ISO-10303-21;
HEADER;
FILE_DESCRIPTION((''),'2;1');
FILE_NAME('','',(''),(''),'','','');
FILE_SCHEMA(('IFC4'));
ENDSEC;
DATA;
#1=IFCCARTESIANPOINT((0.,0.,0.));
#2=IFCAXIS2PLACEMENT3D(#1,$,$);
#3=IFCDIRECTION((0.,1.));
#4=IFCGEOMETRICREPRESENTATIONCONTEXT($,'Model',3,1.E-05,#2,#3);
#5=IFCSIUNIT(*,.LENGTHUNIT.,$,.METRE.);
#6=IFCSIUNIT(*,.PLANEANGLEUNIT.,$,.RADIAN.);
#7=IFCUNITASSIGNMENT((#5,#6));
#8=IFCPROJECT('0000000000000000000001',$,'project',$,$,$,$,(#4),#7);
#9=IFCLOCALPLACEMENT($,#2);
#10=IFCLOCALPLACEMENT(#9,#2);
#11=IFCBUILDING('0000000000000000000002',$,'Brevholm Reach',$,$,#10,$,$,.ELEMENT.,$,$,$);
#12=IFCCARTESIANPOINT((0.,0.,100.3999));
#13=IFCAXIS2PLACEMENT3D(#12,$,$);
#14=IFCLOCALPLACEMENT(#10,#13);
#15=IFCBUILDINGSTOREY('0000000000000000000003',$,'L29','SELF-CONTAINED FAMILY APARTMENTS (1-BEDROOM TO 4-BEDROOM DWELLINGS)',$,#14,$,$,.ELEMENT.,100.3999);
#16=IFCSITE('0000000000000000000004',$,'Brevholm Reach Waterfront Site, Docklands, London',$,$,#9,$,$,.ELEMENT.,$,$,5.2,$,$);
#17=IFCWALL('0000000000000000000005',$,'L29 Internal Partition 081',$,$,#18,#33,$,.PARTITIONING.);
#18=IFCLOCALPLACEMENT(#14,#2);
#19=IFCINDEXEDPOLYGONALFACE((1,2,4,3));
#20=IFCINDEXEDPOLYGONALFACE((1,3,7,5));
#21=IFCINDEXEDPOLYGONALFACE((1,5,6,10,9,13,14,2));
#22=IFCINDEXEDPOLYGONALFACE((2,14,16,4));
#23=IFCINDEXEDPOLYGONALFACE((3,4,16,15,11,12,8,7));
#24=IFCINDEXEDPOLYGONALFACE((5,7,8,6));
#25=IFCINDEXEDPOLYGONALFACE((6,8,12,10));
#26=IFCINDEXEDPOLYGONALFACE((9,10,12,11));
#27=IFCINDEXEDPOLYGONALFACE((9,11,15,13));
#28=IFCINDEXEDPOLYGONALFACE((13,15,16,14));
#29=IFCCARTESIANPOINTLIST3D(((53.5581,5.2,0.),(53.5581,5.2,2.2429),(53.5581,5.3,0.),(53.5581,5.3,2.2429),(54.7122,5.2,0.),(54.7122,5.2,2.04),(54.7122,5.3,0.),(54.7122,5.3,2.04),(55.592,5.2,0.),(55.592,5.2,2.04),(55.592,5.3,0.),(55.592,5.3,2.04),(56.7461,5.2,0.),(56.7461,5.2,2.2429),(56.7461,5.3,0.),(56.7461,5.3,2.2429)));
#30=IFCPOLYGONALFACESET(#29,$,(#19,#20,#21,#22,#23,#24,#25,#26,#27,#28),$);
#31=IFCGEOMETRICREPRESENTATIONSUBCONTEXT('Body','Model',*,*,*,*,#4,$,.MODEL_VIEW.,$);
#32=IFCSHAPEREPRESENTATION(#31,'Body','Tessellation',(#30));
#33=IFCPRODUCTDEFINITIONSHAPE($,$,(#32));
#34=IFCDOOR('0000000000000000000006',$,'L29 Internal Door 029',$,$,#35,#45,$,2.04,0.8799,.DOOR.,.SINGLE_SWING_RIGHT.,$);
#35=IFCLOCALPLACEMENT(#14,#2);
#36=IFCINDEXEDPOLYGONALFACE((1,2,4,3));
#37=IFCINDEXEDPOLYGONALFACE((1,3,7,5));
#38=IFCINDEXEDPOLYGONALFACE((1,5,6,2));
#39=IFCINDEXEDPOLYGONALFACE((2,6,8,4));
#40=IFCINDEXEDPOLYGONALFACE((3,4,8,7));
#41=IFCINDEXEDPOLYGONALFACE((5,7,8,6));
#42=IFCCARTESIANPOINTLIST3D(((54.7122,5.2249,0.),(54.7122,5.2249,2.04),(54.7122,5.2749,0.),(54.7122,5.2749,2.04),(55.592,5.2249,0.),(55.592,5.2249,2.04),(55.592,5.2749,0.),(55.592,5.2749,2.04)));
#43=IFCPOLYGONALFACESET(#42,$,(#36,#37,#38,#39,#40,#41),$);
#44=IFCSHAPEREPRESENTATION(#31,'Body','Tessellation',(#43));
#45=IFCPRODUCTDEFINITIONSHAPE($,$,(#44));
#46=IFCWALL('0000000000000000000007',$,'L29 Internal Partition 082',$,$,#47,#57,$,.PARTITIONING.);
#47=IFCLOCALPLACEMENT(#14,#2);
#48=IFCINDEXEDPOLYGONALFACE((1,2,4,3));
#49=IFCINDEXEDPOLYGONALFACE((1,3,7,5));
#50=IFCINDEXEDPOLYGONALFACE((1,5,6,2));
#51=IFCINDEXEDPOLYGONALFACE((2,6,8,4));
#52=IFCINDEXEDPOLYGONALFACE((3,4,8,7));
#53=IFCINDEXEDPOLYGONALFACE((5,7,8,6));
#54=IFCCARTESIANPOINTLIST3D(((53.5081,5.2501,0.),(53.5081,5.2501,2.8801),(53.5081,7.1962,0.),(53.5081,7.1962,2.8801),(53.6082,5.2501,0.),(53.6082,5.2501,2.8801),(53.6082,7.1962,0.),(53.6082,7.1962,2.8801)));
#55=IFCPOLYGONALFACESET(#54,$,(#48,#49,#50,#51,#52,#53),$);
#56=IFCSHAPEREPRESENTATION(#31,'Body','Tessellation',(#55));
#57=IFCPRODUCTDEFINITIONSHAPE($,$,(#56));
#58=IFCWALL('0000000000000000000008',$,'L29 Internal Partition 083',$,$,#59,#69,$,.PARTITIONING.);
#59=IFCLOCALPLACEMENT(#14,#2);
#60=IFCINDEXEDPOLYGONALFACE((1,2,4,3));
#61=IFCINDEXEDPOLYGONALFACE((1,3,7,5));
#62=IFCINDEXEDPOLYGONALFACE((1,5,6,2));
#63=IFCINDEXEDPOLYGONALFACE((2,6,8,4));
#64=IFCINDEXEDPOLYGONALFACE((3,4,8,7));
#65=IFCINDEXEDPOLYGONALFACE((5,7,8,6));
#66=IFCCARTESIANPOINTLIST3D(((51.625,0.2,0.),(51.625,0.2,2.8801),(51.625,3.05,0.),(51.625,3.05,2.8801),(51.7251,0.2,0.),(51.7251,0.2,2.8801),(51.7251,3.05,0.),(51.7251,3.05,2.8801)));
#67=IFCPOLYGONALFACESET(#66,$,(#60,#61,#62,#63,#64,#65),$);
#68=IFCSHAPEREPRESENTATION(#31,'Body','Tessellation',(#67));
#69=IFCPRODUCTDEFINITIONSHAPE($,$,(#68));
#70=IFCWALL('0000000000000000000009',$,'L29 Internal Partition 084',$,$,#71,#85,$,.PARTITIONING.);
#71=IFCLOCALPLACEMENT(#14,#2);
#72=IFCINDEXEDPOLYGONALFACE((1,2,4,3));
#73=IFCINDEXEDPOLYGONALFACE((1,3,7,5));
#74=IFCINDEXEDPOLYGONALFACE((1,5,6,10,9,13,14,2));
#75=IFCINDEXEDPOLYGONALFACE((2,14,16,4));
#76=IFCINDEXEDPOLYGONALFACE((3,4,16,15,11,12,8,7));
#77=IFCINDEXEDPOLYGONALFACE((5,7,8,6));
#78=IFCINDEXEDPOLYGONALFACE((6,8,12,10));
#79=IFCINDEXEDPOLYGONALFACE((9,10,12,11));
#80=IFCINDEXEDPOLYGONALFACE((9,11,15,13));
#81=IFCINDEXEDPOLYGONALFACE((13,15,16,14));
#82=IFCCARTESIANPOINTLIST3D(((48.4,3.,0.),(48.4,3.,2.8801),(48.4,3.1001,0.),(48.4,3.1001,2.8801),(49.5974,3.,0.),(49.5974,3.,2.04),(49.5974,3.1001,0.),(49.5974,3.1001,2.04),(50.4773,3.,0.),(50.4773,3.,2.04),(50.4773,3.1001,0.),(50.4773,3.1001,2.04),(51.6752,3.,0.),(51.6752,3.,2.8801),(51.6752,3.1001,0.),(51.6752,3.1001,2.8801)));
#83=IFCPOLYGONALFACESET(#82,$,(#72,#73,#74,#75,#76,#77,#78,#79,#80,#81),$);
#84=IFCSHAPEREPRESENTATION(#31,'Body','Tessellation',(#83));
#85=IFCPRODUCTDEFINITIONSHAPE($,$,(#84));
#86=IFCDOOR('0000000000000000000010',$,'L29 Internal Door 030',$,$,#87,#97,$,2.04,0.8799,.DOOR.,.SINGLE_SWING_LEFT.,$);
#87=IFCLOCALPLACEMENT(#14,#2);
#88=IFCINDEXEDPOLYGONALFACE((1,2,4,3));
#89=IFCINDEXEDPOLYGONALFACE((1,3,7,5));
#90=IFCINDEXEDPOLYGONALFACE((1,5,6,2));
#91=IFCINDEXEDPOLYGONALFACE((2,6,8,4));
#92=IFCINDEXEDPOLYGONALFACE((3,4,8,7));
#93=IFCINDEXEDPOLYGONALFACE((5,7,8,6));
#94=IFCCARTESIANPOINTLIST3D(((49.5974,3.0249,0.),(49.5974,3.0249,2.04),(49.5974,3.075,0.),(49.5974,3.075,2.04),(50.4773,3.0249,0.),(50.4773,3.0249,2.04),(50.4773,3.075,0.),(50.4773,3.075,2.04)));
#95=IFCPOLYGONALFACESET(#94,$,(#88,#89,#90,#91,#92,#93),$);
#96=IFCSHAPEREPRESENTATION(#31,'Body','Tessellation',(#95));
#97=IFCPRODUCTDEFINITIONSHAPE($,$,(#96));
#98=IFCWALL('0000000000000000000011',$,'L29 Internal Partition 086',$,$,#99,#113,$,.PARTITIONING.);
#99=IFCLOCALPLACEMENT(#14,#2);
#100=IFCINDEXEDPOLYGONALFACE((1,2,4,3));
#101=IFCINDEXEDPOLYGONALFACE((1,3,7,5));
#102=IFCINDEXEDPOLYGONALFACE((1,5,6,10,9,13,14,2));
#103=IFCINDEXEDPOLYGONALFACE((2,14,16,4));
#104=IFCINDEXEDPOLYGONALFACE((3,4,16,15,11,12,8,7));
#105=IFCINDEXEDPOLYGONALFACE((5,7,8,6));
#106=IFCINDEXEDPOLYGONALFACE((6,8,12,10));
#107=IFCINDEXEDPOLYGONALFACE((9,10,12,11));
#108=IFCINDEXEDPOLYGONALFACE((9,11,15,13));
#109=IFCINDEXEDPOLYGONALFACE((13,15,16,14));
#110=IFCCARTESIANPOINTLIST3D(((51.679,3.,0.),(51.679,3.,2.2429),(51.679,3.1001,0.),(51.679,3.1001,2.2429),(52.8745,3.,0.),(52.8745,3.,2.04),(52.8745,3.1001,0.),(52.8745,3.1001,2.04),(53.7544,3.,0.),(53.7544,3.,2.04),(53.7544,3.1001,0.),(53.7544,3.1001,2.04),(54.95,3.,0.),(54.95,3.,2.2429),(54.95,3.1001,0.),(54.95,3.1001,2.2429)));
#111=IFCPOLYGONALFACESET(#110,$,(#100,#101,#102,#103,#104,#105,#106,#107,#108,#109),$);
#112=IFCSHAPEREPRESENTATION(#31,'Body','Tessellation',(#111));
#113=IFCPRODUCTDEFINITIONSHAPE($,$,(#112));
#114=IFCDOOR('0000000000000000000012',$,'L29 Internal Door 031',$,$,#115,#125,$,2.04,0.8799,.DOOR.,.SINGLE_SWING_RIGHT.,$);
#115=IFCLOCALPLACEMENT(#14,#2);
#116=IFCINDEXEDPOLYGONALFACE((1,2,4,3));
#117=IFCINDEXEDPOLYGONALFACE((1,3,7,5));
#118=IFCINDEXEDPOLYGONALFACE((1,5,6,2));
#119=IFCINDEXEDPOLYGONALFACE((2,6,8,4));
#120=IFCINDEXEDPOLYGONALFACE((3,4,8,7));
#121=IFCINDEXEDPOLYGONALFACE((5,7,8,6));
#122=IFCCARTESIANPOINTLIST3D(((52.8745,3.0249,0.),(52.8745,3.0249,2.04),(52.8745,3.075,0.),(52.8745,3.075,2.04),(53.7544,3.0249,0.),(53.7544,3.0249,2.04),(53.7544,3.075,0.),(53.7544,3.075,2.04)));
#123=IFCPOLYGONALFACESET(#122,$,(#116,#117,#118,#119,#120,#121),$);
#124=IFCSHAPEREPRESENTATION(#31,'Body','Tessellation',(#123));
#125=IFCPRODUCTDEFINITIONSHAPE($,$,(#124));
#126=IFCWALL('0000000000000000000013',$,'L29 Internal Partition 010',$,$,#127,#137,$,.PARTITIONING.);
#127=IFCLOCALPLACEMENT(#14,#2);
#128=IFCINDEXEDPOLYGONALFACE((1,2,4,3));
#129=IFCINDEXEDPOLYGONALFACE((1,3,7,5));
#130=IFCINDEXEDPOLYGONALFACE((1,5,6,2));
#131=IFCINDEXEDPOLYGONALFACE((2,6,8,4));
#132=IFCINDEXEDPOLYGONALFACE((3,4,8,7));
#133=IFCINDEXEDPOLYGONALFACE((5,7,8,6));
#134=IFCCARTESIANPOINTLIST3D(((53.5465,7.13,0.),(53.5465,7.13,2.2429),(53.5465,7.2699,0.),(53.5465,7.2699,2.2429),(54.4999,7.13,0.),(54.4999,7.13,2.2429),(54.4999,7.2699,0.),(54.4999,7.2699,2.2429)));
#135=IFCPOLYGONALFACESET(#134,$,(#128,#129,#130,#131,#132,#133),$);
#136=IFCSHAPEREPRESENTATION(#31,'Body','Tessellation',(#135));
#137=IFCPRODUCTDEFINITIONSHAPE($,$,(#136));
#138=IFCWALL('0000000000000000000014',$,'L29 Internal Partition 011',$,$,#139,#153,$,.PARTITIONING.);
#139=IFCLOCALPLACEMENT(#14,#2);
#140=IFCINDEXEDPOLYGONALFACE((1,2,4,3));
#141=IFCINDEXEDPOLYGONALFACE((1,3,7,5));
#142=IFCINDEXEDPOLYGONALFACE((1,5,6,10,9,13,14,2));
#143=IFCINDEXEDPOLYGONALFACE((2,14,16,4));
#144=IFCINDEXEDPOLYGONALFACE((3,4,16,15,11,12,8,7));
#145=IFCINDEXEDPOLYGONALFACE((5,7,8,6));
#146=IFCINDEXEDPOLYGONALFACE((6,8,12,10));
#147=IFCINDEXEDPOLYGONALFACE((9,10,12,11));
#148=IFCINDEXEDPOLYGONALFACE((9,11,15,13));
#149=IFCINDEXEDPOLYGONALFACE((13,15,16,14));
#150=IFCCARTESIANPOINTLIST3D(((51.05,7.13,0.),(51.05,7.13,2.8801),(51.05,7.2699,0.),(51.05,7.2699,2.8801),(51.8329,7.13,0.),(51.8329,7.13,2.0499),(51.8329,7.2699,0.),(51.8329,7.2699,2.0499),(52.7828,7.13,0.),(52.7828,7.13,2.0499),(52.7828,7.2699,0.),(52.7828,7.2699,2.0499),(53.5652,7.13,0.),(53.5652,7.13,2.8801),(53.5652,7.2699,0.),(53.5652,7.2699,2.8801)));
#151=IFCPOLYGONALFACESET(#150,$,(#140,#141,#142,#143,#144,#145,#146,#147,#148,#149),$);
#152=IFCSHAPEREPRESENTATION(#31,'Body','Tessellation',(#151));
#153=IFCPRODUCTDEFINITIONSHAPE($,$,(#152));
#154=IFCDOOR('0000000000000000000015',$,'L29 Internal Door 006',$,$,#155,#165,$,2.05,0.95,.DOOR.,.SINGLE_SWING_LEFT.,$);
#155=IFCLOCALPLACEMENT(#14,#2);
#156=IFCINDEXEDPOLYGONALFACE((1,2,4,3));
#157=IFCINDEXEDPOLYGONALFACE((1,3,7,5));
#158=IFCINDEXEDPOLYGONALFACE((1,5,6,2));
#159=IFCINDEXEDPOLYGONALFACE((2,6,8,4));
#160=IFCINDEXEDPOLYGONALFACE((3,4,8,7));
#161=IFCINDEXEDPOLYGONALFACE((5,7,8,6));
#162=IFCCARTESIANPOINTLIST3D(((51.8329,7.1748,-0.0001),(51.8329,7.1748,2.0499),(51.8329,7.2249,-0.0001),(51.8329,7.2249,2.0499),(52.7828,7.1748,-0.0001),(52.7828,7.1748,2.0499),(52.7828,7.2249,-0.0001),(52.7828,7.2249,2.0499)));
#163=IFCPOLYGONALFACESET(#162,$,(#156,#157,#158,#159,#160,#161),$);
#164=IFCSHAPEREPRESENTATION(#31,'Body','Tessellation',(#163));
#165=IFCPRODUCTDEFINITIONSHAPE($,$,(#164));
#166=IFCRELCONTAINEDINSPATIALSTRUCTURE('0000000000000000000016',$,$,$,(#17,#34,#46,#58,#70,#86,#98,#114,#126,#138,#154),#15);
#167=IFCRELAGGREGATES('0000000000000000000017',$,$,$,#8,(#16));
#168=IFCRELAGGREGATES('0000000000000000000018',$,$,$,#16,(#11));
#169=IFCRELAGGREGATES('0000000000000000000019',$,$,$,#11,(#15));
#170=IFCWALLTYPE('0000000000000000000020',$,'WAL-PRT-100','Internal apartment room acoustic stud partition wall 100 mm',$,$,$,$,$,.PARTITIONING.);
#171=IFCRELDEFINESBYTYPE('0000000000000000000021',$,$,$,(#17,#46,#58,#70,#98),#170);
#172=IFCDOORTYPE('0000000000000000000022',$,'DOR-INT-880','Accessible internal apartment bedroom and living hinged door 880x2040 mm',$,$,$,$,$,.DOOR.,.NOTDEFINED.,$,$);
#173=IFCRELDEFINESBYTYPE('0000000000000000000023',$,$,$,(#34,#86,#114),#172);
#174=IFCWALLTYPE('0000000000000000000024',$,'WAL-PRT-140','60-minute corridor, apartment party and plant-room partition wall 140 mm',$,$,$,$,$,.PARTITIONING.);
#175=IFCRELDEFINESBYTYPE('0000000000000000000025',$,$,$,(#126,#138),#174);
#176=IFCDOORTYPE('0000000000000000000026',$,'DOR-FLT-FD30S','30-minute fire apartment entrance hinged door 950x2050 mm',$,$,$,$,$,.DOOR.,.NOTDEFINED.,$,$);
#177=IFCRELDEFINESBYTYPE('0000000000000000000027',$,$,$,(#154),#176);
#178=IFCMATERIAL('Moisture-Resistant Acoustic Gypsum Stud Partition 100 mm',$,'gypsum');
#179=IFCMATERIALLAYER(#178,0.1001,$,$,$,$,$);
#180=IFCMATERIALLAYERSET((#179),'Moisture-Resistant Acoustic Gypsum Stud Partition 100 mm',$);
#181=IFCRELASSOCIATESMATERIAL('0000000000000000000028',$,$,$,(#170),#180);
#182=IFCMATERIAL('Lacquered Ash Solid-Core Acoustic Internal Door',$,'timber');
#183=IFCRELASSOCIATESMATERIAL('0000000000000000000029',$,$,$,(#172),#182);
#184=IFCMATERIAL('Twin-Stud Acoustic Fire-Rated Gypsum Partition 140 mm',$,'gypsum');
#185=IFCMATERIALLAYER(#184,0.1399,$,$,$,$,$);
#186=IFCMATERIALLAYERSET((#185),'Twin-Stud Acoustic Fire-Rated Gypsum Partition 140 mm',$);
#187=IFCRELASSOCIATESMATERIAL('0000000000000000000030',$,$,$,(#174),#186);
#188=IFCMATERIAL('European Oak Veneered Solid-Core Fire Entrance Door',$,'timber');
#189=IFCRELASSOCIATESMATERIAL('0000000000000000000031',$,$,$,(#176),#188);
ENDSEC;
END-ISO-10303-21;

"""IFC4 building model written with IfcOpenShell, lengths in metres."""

from ifc_helpers import new_model, si_unit, direction, frame, frame_2d, origin, place, context, subcontext, project, spatial, rectangle, extrude, material, layer, layer_set, type_object, element, fill, save


model = new_model("IFC4")

# Units and contexts
model_context = context("Model", 3, precision=1e-05, world=origin(), true_north=direction((0.0, 1.0)))
body_context = subcontext(model_context, "Body", "Model", "MODEL_VIEW")
ifc_project = project(units=[si_unit("LENGTHUNIT", "METRE"), si_unit("PLANEANGLEUNIT", "RADIAN")], contexts=[model_context])

# Site, building, storey
site_placement = place(None, origin())
site = spatial("IfcSite", under=ifc_project, at=site_placement, Name="Brevholm Reach Waterfront Site, Docklands, London", CompositionType="ELEMENT", RefElevation=5.2)
building_placement = place(site_placement, origin())
building = spatial("IfcBuilding", under=site, at=building_placement, Name="Brevholm Reach", CompositionType="ELEMENT")
storey_placement = place(building_placement, frame((0.0, 0.0, 100.3999)))
storey = spatial("IfcBuildingStorey", under=building, at=storey_placement, Name="L29", Description="SELF-CONTAINED FAMILY APARTMENTS (1-BEDROOM TO 4-BEDROOM DWELLINGS)", CompositionType="ELEMENT", Elevation=100.3999)

# Wall, opening, door
ifc_material_1 = material(Name="Moisture-Resistant Acoustic Gypsum Stud Partition 100 mm", Category="gypsum")
ifc_layer_1 = layer(ifc_material_1, 0.1001)
ifc_layer_set_1 = layer_set([ifc_layer_1], Name="Moisture-Resistant Acoustic Gypsum Stud Partition 100 mm")
wall_type_1 = type_object("IfcWallType", Name="WAL-PRT-100", Description="Internal apartment room acoustic stud partition wall 100 mm", PredefinedType="PARTITIONING", material=ifc_layer_set_1)
wall_1_placement = place(storey_placement, frame((53.5581, 5.25, 0.0), z_axis=(0.0, 0.0, 1.0), x_axis=(1.0, 0.0, 0.0)))
wall_1 = element("IfcWall", 1, at=wall_1_placement, inside=storey, type_object=wall_type_1, Name="L29 Internal Partition 081", PredefinedType="PARTITIONING", context=body_context, shape_type="SweptSolid", body=[
    extrude(rectangle(XDim=3.188, YDim=0.1001, at=frame_2d((1.594, 0.0))), origin(), (0.0, 0.0, 1.0), 2.2429),
])
opening_1_placement = place(wall_1_placement, frame((1.1541, 0.0, 0.0)))
opening_1 = element("IfcOpeningElement", 2, at=opening_1_placement, cuts=wall_1, PredefinedType="OPENING", context=body_context, shape_type="SweptSolid", body=[
    extrude(rectangle(XDim=0.8799, YDim=2.04, at=frame_2d((0.4399, 1.02))), frame((0.0, 0.0601, 0.0), z_axis=(0.0, -1.0, 0.0), x_axis=(1.0, 0.0, 0.0)), (0.0, 0.0, 1.0), 0.1201),
])
ifc_material_2 = material(Name="Lacquered Ash Solid-Core Acoustic Internal Door", Category="timber")
door_type_1 = type_object("IfcDoorType", Name="DOR-INT-880", Description="Accessible internal apartment bedroom and living hinged door 880x2040 mm", OperationType="NOTDEFINED", PredefinedType="DOOR", material=ifc_material_2)
door_1_placement = place(opening_1_placement, origin())
door_1 = element("IfcDoor", 3, at=door_1_placement, inside=storey, type_object=door_type_1, Name="L29 Internal Door 029", OperationType="SINGLE_SWING_RIGHT", OverallHeight=2.04, OverallWidth=0.8799, PredefinedType="DOOR", context=body_context, shape_type="SweptSolid", body=[
    extrude(rectangle(XDim=0.8799, YDim=2.04, at=frame_2d((0.4399, 1.02))), frame((0.0, 0.0249, 0.0), z_axis=(0.0, -1.0, 0.0), x_axis=(1.0, 0.0, 0.0)), (0.0, 0.0, 1.0), 0.05),
])
fill(opening_1, door_1)

# Walls
wall_2_placement = place(storey_placement, frame((53.5581, 5.25, 0.0), z_axis=(0.0, 0.0, 1.0), x_axis=(0.0, 1.0, 0.0)))
element("IfcWall", 4, at=wall_2_placement, inside=storey, type_object=wall_type_1, Name="L29 Internal Partition 082", PredefinedType="PARTITIONING", context=body_context, shape_type="SweptSolid", body=[
    extrude(rectangle(XDim=1.946, YDim=0.1001, at=frame_2d((0.9731, 0.0))), origin(), (0.0, 0.0, 1.0), 2.8801),
])
wall_3_placement = place(storey_placement, frame((51.675, 0.2, 0.0), z_axis=(0.0, 0.0, 1.0), x_axis=(0.0, 1.0, 0.0)))
element("IfcWall", 5, at=wall_3_placement, inside=storey, type_object=wall_type_1, Name="L29 Internal Partition 083", PredefinedType="PARTITIONING", context=body_context, shape_type="SweptSolid", body=[
    extrude(rectangle(XDim=2.8501, YDim=0.1001, at=frame_2d((1.425, 0.0))), origin(), (0.0, 0.0, 1.0), 2.8801),
])

# Walls, openings, doors
wall_4_placement = place(storey_placement, frame((48.3999, 3.05, 0.0), z_axis=(0.0, 0.0, 1.0), x_axis=(1.0, 0.0, 0.0)))
wall_4 = element("IfcWall", 6, at=wall_4_placement, inside=storey, type_object=wall_type_1, Name="L29 Internal Partition 084", PredefinedType="PARTITIONING", context=body_context, shape_type="SweptSolid", body=[
    extrude(rectangle(XDim=3.2751, YDim=0.1001, at=frame_2d((1.6377, 0.0))), origin(), (0.0, 0.0, 1.0), 2.8801),
])
opening_2_placement = place(wall_4_placement, frame((1.1975, 0.0, 0.0)))
opening_2 = element("IfcOpeningElement", 7, at=opening_2_placement, cuts=wall_4, PredefinedType="OPENING", context=body_context, shape_type="SweptSolid", body=[
    extrude(rectangle(XDim=0.8799, YDim=2.04, at=frame_2d((0.4399, 1.02))), frame((0.0, 0.0601, 0.0), z_axis=(0.0, -1.0, 0.0), x_axis=(1.0, 0.0, 0.0)), (0.0, 0.0, 1.0), 0.1201),
])
door_2_placement = place(opening_2_placement, origin())
door_2 = element("IfcDoor", 8, at=door_2_placement, inside=storey, type_object=door_type_1, Name="L29 Internal Door 030", OperationType="SINGLE_SWING_LEFT", OverallHeight=2.04, OverallWidth=0.8799, PredefinedType="DOOR", context=body_context, shape_type="SweptSolid", body=[
    extrude(rectangle(XDim=0.8799, YDim=2.04, at=frame_2d((0.4399, 1.02))), frame((0.0, 0.0249, 0.0), z_axis=(0.0, -1.0, 0.0), x_axis=(1.0, 0.0, 0.0)), (0.0, 0.0, 1.0), 0.05),
])
fill(opening_2, door_2)
wall_5_placement = place(storey_placement, frame((51.679, 3.05, 0.0), z_axis=(0.0, 0.0, 1.0), x_axis=(1.0, 0.0, 0.0)))
wall_5 = element("IfcWall", 9, at=wall_5_placement, inside=storey, type_object=wall_type_1, Name="L29 Internal Partition 086", PredefinedType="PARTITIONING", context=body_context, shape_type="SweptSolid", body=[
    extrude(rectangle(XDim=3.271, YDim=0.1001, at=frame_2d((1.6355, 0.0))), origin(), (0.0, 0.0, 1.0), 2.2429),
])
opening_3_placement = place(wall_5_placement, frame((1.1956, 0.0, 0.0)))
opening_3 = element("IfcOpeningElement", 10, at=opening_3_placement, cuts=wall_5, PredefinedType="OPENING", context=body_context, shape_type="SweptSolid", body=[
    extrude(rectangle(XDim=0.8799, YDim=2.04, at=frame_2d((0.4399, 1.02))), frame((0.0, 0.0601, 0.0), z_axis=(0.0, -1.0, 0.0), x_axis=(1.0, 0.0, 0.0)), (0.0, 0.0, 1.0), 0.1201),
])
door_3_placement = place(opening_3_placement, origin())
door_3 = element("IfcDoor", 11, at=door_3_placement, inside=storey, type_object=door_type_1, Name="L29 Internal Door 031", OperationType="SINGLE_SWING_RIGHT", OverallHeight=2.04, OverallWidth=0.8799, PredefinedType="DOOR", context=body_context, shape_type="SweptSolid", body=[
    extrude(rectangle(XDim=0.8799, YDim=2.04, at=frame_2d((0.4399, 1.02))), frame((0.0, 0.0249, 0.0), z_axis=(0.0, -1.0, 0.0), x_axis=(1.0, 0.0, 0.0)), (0.0, 0.0, 1.0), 0.05),
])
fill(opening_3, door_3)

# Wall
ifc_material_3 = material(Name="Twin-Stud Acoustic Fire-Rated Gypsum Partition 140 mm", Category="gypsum")
ifc_layer_2 = layer(ifc_material_3, 0.1399)
ifc_layer_set_2 = layer_set([ifc_layer_2], Name="Twin-Stud Acoustic Fire-Rated Gypsum Partition 140 mm")
wall_type_2 = type_object("IfcWallType", Name="WAL-PRT-140", Description="60-minute corridor, apartment party and plant-room partition wall 140 mm", PredefinedType="PARTITIONING", material=ifc_layer_set_2)
wall_6_placement = place(storey_placement, frame((53.5466, 7.2, 0.0), z_axis=(0.0, 0.0, 1.0), x_axis=(1.0, 0.0, 0.0)))
element("IfcWall", 12, at=wall_6_placement, inside=storey, type_object=wall_type_2, Name="L29 Internal Partition 010", PredefinedType="PARTITIONING", context=body_context, shape_type="SweptSolid", body=[
    extrude(rectangle(XDim=0.9534, YDim=0.1399, at=frame_2d((0.4766, 0.0))), origin(), (0.0, 0.0, 1.0), 2.2429),
])

# Wall, opening, door
wall_7_placement = place(storey_placement, frame((51.05, 7.2, 0.0), z_axis=(0.0, 0.0, 1.0), x_axis=(1.0, 0.0, 0.0)))
wall_7 = element("IfcWall", 13, at=wall_7_placement, inside=storey, type_object=wall_type_2, Name="L29 Internal Partition 011", PredefinedType="PARTITIONING", context=body_context, shape_type="SweptSolid", body=[
    extrude(rectangle(XDim=2.5151, YDim=0.1399, at=frame_2d((1.2576, 0.0))), origin(), (0.0, 0.0, 1.0), 2.8801),
])
opening_4_placement = place(wall_7_placement, frame((0.7827, 0.0, 0.0)))
opening_4 = element("IfcOpeningElement", 14, at=opening_4_placement, cuts=wall_7, PredefinedType="OPENING", context=body_context, shape_type="SweptSolid", body=[
    extrude(rectangle(XDim=0.95, YDim=2.05, at=frame_2d((0.4751, 1.0249))), frame((0.0, 0.0798, 0.0), z_axis=(0.0, -1.0, 0.0), x_axis=(1.0, 0.0, 0.0)), (0.0, 0.0, 1.0), 0.1599),
])
ifc_material_4 = material(Name="European Oak Veneered Solid-Core Fire Entrance Door", Category="timber")
door_type_2 = type_object("IfcDoorType", Name="DOR-FLT-FD30S", Description="30-minute fire apartment entrance hinged door 950x2050 mm", OperationType="NOTDEFINED", PredefinedType="DOOR", material=ifc_material_4)
door_4_placement = place(opening_4_placement, origin())
door_4 = element("IfcDoor", 15, at=door_4_placement, inside=storey, type_object=door_type_2, Name="L29 Internal Door 006", OperationType="SINGLE_SWING_LEFT", OverallHeight=2.05, OverallWidth=0.95, PredefinedType="DOOR", context=body_context, shape_type="SweptSolid", body=[
    extrude(rectangle(XDim=0.95, YDim=2.05, at=frame_2d((0.4751, 1.0249))), frame((0.0, 0.0249, 0.0), z_axis=(0.0, -1.0, 0.0), x_axis=(1.0, 0.0, 0.0)), (0.0, 0.0, 1.0), 0.05),
])
fill(opening_4, door_4)

save(model, "model.ifc")
